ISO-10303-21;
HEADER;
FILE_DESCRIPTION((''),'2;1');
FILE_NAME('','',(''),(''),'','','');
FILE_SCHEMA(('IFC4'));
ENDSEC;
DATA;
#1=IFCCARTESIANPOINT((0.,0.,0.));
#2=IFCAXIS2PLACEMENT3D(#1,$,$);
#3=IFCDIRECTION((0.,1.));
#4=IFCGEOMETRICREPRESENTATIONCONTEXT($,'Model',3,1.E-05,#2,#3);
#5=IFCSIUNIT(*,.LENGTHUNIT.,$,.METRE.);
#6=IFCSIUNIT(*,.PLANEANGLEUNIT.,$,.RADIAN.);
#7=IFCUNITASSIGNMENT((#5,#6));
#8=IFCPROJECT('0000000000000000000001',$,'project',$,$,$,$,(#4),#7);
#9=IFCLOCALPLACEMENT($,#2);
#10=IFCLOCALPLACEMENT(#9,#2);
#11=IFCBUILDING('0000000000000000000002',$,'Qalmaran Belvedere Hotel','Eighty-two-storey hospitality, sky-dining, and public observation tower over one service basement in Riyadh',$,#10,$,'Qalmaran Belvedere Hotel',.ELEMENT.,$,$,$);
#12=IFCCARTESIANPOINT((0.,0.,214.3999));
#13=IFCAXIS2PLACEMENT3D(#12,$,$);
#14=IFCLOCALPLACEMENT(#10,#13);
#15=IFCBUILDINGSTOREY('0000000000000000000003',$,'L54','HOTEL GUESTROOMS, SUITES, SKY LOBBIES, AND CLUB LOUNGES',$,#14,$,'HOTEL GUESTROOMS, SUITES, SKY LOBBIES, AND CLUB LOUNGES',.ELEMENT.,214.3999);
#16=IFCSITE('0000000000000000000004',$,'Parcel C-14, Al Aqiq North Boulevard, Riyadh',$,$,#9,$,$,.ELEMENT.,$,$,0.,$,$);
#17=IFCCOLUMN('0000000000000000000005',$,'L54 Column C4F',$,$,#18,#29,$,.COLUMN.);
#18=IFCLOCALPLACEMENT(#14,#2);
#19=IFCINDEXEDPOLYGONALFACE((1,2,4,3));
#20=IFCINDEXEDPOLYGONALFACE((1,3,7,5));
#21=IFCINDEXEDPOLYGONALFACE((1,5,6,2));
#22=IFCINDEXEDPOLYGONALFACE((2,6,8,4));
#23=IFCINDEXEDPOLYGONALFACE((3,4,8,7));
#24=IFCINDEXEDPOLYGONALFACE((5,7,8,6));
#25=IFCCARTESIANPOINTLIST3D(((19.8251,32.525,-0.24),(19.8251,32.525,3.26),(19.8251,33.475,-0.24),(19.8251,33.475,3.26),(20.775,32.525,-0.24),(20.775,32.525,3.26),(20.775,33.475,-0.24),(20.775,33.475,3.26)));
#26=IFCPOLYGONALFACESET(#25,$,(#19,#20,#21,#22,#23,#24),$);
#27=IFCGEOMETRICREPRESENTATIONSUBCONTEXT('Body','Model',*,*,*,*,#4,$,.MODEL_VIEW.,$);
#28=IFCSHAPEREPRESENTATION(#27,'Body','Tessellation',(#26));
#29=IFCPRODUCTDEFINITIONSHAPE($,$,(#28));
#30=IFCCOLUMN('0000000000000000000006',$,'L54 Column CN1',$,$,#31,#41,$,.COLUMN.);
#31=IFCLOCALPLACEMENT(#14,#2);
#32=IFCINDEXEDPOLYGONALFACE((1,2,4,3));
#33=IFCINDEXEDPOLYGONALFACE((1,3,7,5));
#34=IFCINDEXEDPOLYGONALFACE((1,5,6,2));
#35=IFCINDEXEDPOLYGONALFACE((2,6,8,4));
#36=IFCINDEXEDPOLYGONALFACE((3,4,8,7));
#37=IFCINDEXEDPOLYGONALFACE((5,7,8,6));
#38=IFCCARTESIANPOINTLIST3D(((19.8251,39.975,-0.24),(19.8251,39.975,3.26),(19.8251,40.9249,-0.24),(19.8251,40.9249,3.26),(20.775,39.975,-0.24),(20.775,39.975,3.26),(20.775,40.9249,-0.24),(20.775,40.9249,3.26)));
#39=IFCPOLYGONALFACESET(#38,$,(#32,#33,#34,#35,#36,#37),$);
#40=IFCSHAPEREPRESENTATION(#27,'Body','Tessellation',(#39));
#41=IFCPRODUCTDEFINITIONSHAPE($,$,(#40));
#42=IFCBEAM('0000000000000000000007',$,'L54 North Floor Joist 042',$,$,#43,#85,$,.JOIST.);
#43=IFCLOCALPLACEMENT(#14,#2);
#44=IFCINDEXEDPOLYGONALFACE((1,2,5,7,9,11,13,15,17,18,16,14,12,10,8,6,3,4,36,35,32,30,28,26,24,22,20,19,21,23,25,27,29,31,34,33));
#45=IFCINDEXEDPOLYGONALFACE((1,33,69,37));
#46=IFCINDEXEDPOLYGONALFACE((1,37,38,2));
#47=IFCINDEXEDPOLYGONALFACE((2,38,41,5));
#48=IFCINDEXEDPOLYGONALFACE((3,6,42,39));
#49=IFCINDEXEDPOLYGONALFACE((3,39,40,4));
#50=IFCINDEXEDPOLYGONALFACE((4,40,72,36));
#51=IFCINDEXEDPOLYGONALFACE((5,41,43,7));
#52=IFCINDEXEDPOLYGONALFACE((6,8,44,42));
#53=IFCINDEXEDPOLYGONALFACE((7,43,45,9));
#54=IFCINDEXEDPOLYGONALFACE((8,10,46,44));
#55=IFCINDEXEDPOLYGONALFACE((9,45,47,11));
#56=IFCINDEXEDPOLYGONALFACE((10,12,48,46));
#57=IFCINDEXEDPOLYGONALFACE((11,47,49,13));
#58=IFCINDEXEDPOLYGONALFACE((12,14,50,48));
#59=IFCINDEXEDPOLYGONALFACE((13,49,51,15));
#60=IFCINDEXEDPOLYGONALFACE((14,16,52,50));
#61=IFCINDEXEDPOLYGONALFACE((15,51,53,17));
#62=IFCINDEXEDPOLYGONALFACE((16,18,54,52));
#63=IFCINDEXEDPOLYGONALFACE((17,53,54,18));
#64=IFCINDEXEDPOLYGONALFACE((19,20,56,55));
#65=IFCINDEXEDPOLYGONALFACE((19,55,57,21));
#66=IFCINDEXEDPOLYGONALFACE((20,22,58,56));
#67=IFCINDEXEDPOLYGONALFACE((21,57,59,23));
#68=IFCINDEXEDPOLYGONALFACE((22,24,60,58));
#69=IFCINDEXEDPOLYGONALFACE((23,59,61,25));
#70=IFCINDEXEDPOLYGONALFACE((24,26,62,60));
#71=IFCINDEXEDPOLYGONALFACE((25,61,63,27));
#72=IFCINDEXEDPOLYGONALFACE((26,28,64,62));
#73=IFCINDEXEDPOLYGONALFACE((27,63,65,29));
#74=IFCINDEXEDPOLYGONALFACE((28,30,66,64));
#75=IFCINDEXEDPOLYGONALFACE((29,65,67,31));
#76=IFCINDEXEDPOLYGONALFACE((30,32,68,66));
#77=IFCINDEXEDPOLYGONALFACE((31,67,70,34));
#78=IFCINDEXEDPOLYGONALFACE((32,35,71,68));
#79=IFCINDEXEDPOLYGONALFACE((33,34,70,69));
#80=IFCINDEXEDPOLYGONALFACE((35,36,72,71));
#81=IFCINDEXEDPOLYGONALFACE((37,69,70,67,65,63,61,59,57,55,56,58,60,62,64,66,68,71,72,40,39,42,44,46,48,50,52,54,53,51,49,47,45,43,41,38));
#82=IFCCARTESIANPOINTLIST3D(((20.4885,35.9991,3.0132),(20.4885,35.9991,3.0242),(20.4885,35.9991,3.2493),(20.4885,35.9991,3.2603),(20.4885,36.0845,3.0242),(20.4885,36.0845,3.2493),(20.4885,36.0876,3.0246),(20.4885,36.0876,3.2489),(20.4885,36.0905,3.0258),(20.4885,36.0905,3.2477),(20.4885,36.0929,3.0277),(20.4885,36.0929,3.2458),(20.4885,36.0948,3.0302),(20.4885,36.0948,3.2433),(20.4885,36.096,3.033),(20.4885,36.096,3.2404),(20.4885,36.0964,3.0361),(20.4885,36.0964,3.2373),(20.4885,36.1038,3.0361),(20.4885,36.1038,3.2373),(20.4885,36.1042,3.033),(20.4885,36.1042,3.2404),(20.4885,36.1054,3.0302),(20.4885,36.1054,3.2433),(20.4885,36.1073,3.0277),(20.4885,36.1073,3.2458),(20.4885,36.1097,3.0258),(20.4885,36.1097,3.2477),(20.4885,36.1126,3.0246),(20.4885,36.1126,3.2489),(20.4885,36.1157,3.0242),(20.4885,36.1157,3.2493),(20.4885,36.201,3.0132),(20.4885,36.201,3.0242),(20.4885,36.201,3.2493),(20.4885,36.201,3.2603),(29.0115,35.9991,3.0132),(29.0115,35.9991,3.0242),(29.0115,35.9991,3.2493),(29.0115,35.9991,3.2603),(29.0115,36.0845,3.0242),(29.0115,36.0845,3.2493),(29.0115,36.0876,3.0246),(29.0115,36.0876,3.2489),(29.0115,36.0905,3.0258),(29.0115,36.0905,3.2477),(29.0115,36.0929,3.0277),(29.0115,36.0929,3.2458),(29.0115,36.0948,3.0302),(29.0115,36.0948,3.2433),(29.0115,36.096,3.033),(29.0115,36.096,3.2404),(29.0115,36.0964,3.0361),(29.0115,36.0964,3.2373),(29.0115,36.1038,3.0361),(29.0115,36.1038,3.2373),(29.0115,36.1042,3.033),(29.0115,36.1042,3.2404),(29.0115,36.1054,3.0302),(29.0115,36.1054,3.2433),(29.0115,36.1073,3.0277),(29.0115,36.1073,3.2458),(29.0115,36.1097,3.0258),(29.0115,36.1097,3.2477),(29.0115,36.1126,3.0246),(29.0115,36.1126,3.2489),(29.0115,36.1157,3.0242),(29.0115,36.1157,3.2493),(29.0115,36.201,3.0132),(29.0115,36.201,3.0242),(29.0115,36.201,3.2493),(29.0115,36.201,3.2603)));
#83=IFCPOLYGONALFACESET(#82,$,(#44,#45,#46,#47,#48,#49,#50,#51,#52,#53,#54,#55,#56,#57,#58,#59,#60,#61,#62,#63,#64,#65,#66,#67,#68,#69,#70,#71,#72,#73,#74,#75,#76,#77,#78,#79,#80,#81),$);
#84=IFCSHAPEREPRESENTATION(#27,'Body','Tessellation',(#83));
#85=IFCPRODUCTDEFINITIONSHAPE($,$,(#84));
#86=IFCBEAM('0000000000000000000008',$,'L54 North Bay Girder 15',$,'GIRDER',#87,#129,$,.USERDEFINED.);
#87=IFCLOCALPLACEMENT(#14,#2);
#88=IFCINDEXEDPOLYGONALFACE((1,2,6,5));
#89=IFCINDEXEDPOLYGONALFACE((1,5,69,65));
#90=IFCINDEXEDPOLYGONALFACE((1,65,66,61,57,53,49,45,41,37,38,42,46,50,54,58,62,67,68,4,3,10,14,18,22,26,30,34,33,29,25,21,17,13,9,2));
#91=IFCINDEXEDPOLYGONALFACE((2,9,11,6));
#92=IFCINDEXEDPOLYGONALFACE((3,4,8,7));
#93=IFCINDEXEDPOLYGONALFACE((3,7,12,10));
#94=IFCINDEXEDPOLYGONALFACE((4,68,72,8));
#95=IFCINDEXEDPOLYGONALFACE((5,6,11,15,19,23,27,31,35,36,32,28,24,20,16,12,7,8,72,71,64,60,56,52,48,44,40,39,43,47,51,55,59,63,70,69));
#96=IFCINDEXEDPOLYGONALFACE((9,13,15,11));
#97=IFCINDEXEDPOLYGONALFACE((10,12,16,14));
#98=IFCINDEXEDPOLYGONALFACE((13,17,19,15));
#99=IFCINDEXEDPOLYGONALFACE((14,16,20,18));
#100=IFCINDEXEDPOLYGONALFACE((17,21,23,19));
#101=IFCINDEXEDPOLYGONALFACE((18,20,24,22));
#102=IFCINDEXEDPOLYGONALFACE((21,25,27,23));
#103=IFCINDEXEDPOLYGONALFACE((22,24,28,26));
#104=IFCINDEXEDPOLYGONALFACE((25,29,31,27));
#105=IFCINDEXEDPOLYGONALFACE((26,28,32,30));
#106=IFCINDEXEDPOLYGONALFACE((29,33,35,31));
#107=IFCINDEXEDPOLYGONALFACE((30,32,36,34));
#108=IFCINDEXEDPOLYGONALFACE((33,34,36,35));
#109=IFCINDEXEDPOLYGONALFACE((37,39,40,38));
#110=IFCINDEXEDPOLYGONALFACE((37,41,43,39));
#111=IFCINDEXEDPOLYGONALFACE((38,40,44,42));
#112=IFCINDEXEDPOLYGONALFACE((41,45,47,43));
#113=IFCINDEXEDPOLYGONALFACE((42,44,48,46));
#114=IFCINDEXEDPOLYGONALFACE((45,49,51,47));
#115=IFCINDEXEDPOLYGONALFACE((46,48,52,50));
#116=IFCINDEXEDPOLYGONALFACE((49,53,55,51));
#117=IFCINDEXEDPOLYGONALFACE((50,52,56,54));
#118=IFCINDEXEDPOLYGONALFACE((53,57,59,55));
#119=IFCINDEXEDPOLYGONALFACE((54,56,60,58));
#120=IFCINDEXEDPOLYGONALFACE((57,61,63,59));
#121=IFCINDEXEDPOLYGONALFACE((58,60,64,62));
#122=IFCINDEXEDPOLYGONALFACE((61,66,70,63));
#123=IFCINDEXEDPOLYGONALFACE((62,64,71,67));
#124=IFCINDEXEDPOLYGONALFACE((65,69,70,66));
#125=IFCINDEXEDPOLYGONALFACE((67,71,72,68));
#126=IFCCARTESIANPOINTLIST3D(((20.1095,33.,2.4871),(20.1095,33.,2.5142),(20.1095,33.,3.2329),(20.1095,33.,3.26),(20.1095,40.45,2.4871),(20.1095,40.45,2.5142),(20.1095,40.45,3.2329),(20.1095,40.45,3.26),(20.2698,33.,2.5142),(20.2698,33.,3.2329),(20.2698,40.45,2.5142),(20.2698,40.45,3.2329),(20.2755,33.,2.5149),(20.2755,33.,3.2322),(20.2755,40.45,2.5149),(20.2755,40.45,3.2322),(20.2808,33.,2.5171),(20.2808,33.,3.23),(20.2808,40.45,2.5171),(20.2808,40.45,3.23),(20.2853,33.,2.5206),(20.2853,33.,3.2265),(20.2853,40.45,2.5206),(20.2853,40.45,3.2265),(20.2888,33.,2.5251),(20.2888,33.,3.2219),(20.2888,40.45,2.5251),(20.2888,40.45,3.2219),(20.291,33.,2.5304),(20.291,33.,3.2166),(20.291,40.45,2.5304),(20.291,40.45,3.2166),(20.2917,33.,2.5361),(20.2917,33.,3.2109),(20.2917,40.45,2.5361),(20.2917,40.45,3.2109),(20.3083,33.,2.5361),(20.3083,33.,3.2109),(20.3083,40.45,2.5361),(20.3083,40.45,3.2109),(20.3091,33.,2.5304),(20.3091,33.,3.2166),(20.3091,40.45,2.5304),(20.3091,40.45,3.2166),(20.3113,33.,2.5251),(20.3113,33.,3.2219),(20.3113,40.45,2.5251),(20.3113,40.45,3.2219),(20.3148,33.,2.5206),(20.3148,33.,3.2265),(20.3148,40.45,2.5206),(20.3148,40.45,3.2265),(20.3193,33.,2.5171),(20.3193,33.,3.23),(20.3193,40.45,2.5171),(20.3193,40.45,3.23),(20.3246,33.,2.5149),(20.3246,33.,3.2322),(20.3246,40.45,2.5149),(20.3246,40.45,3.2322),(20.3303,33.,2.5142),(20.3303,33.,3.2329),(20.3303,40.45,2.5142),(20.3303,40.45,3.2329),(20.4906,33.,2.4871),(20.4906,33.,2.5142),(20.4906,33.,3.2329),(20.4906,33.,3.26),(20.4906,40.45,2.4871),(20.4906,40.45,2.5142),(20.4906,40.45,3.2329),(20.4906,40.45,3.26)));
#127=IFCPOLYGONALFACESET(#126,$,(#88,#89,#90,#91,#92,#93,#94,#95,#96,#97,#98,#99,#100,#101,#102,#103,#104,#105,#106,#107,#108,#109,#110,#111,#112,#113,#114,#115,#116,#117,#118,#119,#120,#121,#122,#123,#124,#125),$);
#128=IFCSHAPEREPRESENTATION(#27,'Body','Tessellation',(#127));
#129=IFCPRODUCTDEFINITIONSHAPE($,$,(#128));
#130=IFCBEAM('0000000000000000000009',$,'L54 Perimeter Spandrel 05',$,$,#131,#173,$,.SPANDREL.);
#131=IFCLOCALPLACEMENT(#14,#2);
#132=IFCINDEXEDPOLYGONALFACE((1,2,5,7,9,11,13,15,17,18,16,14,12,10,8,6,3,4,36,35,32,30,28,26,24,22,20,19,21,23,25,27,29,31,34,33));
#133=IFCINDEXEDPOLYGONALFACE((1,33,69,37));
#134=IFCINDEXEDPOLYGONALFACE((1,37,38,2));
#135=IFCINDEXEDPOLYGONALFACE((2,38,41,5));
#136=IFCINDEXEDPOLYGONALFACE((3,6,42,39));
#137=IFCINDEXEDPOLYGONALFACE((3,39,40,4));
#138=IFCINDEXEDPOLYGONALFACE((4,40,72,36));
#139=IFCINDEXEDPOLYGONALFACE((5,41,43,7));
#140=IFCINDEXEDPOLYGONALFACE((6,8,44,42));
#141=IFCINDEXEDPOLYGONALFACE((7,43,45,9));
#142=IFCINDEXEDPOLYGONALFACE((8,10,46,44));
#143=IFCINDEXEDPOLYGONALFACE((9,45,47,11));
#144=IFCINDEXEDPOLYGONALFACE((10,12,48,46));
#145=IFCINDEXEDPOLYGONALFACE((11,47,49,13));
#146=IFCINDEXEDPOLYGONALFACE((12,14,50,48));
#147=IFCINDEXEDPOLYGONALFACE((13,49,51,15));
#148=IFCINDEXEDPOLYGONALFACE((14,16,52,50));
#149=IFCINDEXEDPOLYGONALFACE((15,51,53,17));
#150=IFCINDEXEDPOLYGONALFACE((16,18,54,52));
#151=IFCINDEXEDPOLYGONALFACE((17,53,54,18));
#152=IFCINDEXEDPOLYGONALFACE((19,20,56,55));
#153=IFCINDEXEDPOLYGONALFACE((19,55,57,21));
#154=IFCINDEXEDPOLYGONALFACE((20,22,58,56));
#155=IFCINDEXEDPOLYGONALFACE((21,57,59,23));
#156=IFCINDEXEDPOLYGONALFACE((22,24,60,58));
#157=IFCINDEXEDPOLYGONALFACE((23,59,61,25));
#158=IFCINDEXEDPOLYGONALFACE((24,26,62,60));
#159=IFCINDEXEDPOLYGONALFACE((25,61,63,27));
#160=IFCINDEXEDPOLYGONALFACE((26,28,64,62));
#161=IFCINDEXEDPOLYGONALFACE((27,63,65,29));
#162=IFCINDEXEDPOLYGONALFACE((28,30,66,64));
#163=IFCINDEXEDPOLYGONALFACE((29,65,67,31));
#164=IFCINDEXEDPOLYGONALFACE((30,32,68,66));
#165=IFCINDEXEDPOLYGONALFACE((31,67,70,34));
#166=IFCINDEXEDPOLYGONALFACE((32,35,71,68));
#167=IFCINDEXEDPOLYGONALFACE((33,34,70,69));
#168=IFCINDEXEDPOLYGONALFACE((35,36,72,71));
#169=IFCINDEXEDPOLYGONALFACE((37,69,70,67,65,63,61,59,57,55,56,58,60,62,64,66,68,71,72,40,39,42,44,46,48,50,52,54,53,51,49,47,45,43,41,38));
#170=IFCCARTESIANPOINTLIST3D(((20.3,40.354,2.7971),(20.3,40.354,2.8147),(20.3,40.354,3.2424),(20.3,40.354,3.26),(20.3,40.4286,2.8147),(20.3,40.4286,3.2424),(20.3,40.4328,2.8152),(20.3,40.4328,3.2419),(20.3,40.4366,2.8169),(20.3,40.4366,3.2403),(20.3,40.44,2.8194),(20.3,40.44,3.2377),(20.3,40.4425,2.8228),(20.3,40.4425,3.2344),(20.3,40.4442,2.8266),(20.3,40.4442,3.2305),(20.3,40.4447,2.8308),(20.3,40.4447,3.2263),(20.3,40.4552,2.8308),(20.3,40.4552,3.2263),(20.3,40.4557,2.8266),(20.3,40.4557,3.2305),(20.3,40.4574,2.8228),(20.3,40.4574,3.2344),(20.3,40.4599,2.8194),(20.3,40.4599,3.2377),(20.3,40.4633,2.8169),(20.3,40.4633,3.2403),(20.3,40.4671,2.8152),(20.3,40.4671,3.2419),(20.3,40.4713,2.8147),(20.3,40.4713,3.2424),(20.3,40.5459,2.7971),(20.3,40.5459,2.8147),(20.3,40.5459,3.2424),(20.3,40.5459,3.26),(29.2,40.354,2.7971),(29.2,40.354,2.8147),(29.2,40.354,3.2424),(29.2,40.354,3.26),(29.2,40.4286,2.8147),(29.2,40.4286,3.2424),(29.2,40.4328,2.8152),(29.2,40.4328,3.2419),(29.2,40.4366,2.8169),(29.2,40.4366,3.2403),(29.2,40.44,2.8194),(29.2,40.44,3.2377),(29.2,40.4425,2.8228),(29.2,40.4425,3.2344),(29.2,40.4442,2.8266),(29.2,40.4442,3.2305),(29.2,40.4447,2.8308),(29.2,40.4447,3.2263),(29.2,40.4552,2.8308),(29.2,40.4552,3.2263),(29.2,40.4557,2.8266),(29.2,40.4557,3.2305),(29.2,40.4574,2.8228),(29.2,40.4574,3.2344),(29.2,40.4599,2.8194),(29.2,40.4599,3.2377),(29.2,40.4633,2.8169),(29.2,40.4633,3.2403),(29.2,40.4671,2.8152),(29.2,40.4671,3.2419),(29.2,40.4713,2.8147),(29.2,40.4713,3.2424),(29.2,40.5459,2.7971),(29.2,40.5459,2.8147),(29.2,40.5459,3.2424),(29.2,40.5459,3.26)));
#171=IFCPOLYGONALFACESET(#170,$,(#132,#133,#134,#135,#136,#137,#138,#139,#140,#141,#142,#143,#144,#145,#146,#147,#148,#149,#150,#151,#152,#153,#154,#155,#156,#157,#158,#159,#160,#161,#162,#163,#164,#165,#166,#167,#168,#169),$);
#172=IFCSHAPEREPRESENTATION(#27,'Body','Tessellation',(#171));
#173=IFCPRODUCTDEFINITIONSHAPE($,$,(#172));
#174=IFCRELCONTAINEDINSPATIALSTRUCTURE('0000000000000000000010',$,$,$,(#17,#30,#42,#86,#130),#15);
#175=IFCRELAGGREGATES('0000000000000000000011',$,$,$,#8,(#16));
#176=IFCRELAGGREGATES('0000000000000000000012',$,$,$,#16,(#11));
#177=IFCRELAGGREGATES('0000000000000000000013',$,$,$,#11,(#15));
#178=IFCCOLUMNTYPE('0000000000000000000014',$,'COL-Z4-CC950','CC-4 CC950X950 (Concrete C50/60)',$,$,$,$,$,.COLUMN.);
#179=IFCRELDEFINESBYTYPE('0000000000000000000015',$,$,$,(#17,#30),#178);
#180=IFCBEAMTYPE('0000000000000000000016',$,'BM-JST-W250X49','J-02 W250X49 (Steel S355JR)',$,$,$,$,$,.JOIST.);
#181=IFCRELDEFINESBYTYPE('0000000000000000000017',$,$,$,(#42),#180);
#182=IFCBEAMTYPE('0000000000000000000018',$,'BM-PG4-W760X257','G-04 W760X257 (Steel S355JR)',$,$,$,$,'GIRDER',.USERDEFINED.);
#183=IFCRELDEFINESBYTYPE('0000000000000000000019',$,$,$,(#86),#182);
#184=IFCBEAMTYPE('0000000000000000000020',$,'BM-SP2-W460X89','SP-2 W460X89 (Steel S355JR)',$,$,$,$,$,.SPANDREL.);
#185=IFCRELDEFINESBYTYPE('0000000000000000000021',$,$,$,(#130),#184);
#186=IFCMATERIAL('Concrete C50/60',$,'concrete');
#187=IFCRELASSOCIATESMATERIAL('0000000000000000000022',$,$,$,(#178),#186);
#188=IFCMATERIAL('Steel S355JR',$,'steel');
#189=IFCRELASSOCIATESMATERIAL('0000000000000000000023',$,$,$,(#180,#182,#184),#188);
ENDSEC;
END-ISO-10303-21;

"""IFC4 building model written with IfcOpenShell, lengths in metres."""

from ifc_helpers import new_model, si_unit, direction, frame, origin, origin_2d, place, context, subcontext, project, spatial, rectangle, i_section, extrude, material, material_profile, profile_set, type_object, element, save


model = new_model("IFC4")

# Units and contexts
model_context = context("Model", 3, precision=1e-05, world=origin(), true_north=direction((0.0, 1.0)))
body_context = subcontext(model_context, "Body", "Model", "MODEL_VIEW")
ifc_project = project(units=[si_unit("LENGTHUNIT", "METRE"), si_unit("PLANEANGLEUNIT", "RADIAN")], contexts=[model_context])

# Site, building, storey
site_placement = place(None, origin())
site = spatial("IfcSite", under=ifc_project, at=site_placement, Name="Parcel C-14, Al Aqiq North Boulevard, Riyadh", CompositionType="ELEMENT", RefElevation=0.0)
building_placement = place(site_placement, origin())
building = spatial("IfcBuilding", under=site, at=building_placement, Name="Qalmaran Belvedere Hotel", Description="Eighty-two-storey hospitality, sky-dining, and public observation tower over one service basement in Riyadh", LongName="Qalmaran Belvedere Hotel", CompositionType="ELEMENT")
storey_placement = place(building_placement, frame((0.0, 0.0, 214.3999)))
storey = spatial("IfcBuildingStorey", under=building, at=storey_placement, Name="L54", Description="HOTEL GUESTROOMS, SUITES, SKY LOBBIES, AND CLUB LOUNGES", LongName="HOTEL GUESTROOMS, SUITES, SKY LOBBIES, AND CLUB LOUNGES", CompositionType="ELEMENT", Elevation=214.3999)

# Columns
ifc_material_1 = material(Name="Concrete C50/60", Category="concrete")
ifc_material_profile_1 = material_profile(ifc_material_1, rectangle(XDim=0.95, YDim=0.95, at=origin_2d()), Name="CC950X950")
ifc_profile_set_1 = profile_set([ifc_material_profile_1], Name="Concrete C50/60")
column_type = type_object("IfcColumnType", Name="COL-Z4-CC950", Description="CC-4 CC950X950 (Concrete C50/60)", PredefinedType="COLUMN", material=ifc_profile_set_1)
for number, where, z_axis, x_axis, name in (
    (1, (20.3, 33.0, -0.24), (0.0, 0.0, 1.0), (1.0, 0.0, 0.0), "L54 Column C4F"),
    (2, (20.3, 40.45, -0.24), (0.0, 0.0, 1.0), (1.0, 0.0, 0.0), "L54 Column CN1"),
):
    element("IfcColumn", number, at=place(storey_placement, frame(where, z_axis=z_axis, x_axis=x_axis)), inside=storey, type_object=column_type, Name=name, PredefinedType="COLUMN", context=body_context, shape_type="SweptSolid", body=[
        extrude(rectangle(XDim=0.95, YDim=0.95, at=origin_2d()), origin(), (0.0, 0.0, 1.0), 3.5),
    ])

# Beams
ifc_material_2 = material(Name="Steel S355JR", Category="steel")
ifc_material_profile_2 = material_profile(ifc_material_2, i_section(OverallWidth=0.2019, OverallDepth=0.2471, WebThickness=0.0073, FlangeThickness=0.011, FilletRadius=0.012, at=origin_2d()), Name="W250X49")
ifc_profile_set_2 = profile_set([ifc_material_profile_2], Name="Steel S355JR")
beam_type_1 = type_object("IfcBeamType", Name="BM-JST-W250X49", Description="J-02 W250X49 (Steel S355JR)", PredefinedType="JOIST", material=ifc_profile_set_2)
beam_1_placement = place(storey_placement, frame((20.4885, 36.1001, 3.1367), z_axis=(1.0, 0.0, 0.0), x_axis=(0.0, 1.0, 0.0)))
element("IfcBeam", 3, at=beam_1_placement, inside=storey, type_object=beam_type_1, Name="L54 North Floor Joist 042", PredefinedType="JOIST", context=body_context, shape_type="SweptSolid", body=[
    extrude(i_section(OverallWidth=0.2019, OverallDepth=0.2471, WebThickness=0.0073, FlangeThickness=0.011, FilletRadius=0.012, at=origin_2d()), origin(), (0.0, 0.0, 1.0), 8.5229),
])
ifc_material_profile_3 = material_profile(ifc_material_2, i_section(OverallWidth=0.3811, OverallDepth=0.7729, WebThickness=0.0166, FlangeThickness=0.0271, FilletRadius=0.022, at=origin_2d()), Name="W760X257")
ifc_profile_set_3 = profile_set([ifc_material_profile_3], Name="Steel S355JR")
beam_type_2 = type_object("IfcBeamType", Name="BM-PG4-W760X257", Description="G-04 W760X257 (Steel S355JR)", ElementType="GIRDER", PredefinedType="USERDEFINED", material=ifc_profile_set_3)
beam_2_placement = place(storey_placement, frame((20.3, 33.0, 2.8735), z_axis=(0.0, 1.0, 0.0), x_axis=(-1.0, 0.0, 0.0)))
element("IfcBeam", 4, at=beam_2_placement, inside=storey, type_object=beam_type_2, Name="L54 North Bay Girder 15", ObjectType="GIRDER", PredefinedType="USERDEFINED", context=body_context, shape_type="SweptSolid", body=[
    extrude(i_section(OverallWidth=0.3811, OverallDepth=0.7729, WebThickness=0.0166, FlangeThickness=0.0271, FilletRadius=0.022, at=origin_2d()), origin(), (0.0, 0.0, 1.0), 7.45),
])
ifc_material_profile_4 = material_profile(ifc_material_2, i_section(OverallWidth=0.1919, OverallDepth=0.4629, WebThickness=0.0105, FlangeThickness=0.0176, FilletRadius=0.0161, at=origin_2d()), Name="W460X89")
ifc_profile_set_4 = profile_set([ifc_material_profile_4], Name="Steel S355JR")
beam_type_3 = type_object("IfcBeamType", Name="BM-SP2-W460X89", Description="SP-2 W460X89 (Steel S355JR)", PredefinedType="SPANDREL", material=ifc_profile_set_4)
beam_3_placement = place(storey_placement, frame((20.3, 40.45, 3.0286), z_axis=(1.0, 0.0, 0.0), x_axis=(0.0, 1.0, 0.0)))
element("IfcBeam", 5, at=beam_3_placement, inside=storey, type_object=beam_type_3, Name="L54 Perimeter Spandrel 05", PredefinedType="SPANDREL", context=body_context, shape_type="SweptSolid", body=[
    extrude(i_section(OverallWidth=0.1919, OverallDepth=0.4629, WebThickness=0.0105, FlangeThickness=0.0176, FilletRadius=0.0161, at=origin_2d()), origin(), (0.0, 0.0, 1.0), 8.8999),
])

save(model, "model.ifc")
